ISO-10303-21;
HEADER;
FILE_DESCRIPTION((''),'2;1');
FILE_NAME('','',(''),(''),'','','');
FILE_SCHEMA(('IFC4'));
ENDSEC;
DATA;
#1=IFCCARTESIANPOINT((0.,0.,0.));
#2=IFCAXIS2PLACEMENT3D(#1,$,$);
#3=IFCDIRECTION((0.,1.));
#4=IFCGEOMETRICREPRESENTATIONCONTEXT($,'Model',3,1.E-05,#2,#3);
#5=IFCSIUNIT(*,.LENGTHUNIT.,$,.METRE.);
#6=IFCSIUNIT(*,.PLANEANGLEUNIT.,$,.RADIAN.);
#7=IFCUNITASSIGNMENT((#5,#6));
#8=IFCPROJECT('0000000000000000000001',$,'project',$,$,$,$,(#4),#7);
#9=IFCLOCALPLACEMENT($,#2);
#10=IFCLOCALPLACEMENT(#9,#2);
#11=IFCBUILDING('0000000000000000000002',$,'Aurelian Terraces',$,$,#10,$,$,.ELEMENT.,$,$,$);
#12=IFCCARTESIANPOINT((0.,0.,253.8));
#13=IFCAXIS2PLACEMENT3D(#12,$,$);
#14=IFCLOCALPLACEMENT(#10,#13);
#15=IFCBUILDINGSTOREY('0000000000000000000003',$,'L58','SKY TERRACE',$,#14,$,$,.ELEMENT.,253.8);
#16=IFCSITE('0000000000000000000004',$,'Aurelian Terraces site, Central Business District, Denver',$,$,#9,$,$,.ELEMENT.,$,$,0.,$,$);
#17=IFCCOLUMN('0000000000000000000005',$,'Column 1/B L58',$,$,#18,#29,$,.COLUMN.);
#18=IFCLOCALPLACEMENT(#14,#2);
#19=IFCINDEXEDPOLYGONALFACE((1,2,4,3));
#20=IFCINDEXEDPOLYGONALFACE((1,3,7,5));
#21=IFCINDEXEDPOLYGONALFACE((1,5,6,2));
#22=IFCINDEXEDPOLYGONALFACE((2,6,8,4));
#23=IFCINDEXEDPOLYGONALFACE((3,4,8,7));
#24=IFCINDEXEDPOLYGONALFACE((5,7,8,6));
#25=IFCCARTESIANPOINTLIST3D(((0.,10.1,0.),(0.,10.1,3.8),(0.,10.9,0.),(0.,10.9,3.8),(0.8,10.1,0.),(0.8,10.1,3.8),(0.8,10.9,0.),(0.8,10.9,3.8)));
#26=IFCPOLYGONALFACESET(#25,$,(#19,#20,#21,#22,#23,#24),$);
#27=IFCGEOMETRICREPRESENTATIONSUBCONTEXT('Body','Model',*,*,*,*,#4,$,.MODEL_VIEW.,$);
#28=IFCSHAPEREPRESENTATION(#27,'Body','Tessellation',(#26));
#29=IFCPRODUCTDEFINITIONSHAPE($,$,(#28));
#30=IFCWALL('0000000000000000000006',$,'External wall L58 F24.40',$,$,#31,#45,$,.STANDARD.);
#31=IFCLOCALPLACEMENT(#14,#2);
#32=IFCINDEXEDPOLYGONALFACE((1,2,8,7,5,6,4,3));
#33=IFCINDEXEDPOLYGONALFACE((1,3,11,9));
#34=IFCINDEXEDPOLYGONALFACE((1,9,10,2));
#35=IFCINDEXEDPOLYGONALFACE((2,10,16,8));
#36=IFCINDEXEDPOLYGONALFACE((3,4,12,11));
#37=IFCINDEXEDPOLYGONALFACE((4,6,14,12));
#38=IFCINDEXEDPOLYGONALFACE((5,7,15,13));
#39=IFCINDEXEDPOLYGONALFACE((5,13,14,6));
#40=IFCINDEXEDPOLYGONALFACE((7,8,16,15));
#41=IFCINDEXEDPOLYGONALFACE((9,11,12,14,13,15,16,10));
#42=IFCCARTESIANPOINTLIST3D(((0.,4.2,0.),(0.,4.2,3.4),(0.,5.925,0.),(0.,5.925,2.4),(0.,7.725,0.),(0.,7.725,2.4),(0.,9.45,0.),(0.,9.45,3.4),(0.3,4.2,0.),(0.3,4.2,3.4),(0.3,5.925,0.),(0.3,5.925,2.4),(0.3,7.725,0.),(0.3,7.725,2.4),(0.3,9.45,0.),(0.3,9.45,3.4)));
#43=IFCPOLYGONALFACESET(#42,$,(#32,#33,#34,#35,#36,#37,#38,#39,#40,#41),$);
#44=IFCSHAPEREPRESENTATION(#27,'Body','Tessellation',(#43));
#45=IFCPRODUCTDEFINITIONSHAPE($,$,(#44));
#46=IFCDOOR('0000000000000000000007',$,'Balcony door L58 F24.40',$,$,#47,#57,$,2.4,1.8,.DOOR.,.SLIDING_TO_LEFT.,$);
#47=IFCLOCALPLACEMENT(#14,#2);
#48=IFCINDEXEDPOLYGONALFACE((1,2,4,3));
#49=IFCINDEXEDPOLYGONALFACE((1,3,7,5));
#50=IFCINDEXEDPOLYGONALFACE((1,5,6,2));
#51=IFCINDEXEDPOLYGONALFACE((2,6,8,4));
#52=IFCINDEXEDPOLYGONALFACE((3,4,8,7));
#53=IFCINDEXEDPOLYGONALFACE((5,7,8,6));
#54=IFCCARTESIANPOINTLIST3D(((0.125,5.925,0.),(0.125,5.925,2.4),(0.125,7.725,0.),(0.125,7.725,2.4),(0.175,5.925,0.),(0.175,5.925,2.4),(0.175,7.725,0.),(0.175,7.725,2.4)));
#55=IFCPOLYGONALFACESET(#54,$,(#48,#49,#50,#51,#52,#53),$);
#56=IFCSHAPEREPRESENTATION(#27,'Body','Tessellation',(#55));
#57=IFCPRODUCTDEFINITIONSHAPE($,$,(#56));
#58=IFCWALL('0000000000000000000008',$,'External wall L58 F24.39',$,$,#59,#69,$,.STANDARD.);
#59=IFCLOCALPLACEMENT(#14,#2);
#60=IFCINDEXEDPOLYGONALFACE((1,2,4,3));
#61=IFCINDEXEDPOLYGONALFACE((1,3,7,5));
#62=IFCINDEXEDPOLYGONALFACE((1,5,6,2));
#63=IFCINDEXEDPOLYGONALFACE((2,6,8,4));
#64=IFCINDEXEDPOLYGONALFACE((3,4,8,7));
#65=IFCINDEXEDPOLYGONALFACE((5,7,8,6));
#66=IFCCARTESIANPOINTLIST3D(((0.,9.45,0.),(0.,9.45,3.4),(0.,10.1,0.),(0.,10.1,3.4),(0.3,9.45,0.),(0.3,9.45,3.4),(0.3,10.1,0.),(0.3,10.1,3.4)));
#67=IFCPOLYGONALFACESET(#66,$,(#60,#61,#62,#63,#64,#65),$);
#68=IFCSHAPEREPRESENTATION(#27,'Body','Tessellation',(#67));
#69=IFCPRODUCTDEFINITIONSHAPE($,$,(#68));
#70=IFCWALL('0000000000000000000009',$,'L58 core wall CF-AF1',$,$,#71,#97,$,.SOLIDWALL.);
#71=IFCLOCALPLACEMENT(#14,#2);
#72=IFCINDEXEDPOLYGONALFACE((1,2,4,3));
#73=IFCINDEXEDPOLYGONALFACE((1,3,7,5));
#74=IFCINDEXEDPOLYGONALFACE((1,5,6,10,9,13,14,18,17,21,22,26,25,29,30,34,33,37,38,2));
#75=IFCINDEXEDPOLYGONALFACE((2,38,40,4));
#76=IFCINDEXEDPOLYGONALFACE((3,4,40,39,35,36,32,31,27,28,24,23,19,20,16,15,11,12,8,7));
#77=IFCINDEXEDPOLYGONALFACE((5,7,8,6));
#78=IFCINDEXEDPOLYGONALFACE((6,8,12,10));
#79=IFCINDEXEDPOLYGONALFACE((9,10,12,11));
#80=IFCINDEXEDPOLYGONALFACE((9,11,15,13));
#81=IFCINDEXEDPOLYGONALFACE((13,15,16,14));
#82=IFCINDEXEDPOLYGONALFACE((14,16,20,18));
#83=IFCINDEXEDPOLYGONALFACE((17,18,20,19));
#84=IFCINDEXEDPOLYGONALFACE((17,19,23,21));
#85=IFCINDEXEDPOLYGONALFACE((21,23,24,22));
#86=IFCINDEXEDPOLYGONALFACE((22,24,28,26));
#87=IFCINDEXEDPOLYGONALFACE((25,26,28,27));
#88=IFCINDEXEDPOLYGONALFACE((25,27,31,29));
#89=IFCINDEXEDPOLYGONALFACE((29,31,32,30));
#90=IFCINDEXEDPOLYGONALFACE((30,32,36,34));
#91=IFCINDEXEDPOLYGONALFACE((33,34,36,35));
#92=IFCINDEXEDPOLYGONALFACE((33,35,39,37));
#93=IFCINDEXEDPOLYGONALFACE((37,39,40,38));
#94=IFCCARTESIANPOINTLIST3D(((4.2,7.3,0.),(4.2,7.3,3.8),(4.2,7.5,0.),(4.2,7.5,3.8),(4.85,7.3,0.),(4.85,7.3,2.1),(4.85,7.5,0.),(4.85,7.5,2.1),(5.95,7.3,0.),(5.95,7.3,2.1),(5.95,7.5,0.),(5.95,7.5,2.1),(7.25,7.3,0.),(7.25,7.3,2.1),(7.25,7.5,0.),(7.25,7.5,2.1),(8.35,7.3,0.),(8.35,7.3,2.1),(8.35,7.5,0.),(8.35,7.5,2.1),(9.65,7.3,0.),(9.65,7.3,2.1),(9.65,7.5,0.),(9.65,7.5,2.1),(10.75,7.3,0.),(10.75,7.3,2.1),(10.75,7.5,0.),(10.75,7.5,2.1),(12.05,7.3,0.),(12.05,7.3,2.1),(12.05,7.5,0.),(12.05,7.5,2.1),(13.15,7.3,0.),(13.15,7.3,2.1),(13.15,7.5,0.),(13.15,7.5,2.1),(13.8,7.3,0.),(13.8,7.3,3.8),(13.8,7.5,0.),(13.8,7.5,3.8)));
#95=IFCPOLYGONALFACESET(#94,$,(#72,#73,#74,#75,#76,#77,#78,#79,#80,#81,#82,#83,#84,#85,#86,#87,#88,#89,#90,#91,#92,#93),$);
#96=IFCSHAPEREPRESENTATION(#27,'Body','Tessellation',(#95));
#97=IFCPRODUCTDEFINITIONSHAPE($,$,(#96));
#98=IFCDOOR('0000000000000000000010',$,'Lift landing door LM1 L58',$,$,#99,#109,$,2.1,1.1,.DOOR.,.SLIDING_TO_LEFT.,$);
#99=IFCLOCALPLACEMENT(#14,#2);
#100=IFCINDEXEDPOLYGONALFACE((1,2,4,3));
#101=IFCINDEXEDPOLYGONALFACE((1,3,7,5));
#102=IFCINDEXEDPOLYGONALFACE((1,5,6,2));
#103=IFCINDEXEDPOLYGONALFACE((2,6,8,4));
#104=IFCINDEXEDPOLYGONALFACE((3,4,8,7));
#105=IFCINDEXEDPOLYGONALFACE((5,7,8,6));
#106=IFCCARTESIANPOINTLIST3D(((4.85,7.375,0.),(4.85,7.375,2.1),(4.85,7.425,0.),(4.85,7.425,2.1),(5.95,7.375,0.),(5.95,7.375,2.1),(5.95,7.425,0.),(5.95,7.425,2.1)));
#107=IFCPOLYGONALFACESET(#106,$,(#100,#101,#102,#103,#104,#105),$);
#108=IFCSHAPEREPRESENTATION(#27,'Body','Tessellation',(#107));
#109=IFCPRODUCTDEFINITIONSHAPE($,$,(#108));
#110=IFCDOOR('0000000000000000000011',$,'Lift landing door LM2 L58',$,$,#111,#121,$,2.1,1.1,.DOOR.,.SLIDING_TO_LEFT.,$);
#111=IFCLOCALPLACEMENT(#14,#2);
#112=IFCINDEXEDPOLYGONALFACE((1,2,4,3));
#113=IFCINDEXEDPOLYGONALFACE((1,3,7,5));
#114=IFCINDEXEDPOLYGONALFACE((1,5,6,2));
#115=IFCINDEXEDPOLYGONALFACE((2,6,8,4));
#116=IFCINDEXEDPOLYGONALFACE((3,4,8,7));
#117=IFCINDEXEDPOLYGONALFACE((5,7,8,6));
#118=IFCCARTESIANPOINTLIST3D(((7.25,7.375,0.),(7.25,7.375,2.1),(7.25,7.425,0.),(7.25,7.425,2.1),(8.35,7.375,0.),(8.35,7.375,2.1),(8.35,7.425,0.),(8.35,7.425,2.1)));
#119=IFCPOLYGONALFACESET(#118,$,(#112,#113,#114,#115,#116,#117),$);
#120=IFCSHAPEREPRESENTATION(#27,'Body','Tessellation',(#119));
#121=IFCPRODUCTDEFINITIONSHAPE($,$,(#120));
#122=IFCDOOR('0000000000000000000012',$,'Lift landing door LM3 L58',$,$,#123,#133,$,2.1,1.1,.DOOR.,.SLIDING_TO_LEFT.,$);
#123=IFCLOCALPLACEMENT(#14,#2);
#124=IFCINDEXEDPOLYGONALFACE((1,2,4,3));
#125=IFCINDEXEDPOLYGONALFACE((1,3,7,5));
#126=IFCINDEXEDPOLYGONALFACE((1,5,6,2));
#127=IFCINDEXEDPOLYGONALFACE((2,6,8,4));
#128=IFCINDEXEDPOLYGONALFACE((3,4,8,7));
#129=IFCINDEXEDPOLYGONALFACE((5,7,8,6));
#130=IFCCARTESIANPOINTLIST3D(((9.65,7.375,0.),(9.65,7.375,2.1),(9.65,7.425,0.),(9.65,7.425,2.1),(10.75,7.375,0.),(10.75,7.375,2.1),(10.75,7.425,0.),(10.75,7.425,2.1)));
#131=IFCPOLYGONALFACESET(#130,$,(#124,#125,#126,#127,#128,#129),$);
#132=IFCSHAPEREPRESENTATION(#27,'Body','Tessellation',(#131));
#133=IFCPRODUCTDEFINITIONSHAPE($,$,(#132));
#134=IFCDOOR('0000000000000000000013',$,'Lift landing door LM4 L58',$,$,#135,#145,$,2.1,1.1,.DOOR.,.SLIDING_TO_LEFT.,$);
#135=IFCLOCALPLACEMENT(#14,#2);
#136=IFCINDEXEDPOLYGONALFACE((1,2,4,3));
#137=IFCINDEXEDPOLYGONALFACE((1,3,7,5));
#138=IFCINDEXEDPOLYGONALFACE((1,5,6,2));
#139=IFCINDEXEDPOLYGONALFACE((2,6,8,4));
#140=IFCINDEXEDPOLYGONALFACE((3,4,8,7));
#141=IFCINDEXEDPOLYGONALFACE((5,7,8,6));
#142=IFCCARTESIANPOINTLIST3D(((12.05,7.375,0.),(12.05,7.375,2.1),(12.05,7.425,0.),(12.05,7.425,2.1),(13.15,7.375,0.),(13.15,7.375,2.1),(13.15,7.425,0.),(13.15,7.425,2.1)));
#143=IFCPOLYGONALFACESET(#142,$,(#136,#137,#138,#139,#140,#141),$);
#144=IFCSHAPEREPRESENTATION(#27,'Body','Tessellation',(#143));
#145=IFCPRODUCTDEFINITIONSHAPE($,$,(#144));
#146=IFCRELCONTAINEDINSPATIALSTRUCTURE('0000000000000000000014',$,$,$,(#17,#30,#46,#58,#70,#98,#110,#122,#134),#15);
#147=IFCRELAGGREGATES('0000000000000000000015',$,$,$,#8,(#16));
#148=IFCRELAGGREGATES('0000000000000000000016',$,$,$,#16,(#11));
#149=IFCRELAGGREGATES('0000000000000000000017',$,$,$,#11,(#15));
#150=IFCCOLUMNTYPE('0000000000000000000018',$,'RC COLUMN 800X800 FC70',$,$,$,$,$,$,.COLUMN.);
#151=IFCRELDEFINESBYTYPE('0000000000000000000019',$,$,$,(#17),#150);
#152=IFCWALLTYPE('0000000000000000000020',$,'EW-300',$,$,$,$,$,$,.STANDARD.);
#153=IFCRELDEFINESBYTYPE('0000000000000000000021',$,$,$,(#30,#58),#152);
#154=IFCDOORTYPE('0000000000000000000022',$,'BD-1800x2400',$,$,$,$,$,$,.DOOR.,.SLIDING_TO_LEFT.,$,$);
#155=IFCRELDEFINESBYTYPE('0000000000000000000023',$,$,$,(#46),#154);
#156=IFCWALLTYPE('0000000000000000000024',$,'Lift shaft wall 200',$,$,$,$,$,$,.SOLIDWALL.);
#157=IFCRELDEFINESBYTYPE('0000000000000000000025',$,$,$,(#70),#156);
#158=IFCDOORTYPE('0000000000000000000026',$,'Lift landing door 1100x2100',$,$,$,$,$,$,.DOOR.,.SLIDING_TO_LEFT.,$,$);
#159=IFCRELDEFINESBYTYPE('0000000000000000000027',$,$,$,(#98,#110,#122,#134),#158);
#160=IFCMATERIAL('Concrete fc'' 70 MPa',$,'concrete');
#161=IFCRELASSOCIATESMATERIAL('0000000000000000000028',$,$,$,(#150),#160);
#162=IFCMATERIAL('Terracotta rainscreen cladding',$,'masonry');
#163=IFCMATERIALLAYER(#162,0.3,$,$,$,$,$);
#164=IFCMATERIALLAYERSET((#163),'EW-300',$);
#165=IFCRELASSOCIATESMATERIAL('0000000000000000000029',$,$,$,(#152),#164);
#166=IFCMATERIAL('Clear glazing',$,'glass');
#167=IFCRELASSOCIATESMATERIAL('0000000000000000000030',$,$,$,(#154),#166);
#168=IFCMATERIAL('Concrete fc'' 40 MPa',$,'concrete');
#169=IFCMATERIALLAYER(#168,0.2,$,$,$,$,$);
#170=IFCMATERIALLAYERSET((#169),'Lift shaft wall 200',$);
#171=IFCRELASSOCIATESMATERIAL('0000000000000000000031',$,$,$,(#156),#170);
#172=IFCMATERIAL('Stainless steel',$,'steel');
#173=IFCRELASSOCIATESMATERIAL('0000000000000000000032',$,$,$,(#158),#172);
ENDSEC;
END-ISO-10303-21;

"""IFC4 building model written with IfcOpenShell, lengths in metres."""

from ifc_helpers import new_model, si_unit, direction, frame, frame_2d, origin, origin_2d, place, context, subcontext, project, spatial, rectangle, extrude, source, transform, mapped, material, layer, layer_set, material_profile, profile_set, type_object, element, fill, save


model = new_model("IFC4")

# Units and contexts
model_context = context("Model", 3, precision=1e-05, world=origin(), true_north=direction((0.0, 1.0)))
body_context = subcontext(model_context, "Body", "Model", "MODEL_VIEW")
ifc_project = project(units=[si_unit("LENGTHUNIT", "METRE"), si_unit("PLANEANGLEUNIT", "RADIAN")], contexts=[model_context])

# Site, building, storey
site_placement = place(None, origin())
site = spatial("IfcSite", under=ifc_project, at=site_placement, Name="Aurelian Terraces site, Central Business District, Denver", CompositionType="ELEMENT", RefElevation=0.0)
building_placement = place(site_placement, origin())
building = spatial("IfcBuilding", under=site, at=building_placement, Name="Aurelian Terraces", CompositionType="ELEMENT")
storey_placement = place(building_placement, frame((0.0, 0.0, 253.8)))
storey = spatial("IfcBuildingStorey", under=building, at=storey_placement, Name="L58", Description="SKY TERRACE", CompositionType="ELEMENT", Elevation=253.8)

# Column
ifc_material_1 = material(Name="Concrete fc' 70 MPa", Category="concrete")
ifc_material_profile = material_profile(ifc_material_1, rectangle(XDim=0.8, YDim=0.8, at=origin_2d()))
ifc_profile_set = profile_set([ifc_material_profile], Name="Concrete fc' 70 MPa")
column_type = type_object("IfcColumnType", Name="RC COLUMN 800X800 FC70", PredefinedType="COLUMN", material=ifc_profile_set)
shared_shape_1 = source(origin(), body_context, "Body", "SweptSolid", [
    extrude(rectangle(XDim=0.8, YDim=0.8, at=origin_2d()), origin(), (0.0, 0.0, 1.0), 3.8),
])
column_placement = place(storey_placement, frame((0.4, 10.5, 0.0), z_axis=(0.0, 0.0, 1.0), x_axis=(1.0, 0.0, 0.0)))
element("IfcColumn", 1, at=column_placement, inside=storey, type_object=column_type, Name="Column 1/B L58", PredefinedType="COLUMN", context=body_context, shape_type="MappedRepresentation", body=[
    mapped(shared_shape_1, transform((0.0, 0.0, 0.0), scale=1.0)),
])

# Wall, opening, door
ifc_material_2 = material(Name="Terracotta rainscreen cladding", Category="masonry")
ifc_layer_1 = layer(ifc_material_2, 0.3)
ifc_layer_set_1 = layer_set([ifc_layer_1], Name="EW-300")
wall_type_1 = type_object("IfcWallType", Name="EW-300", PredefinedType="STANDARD", material=ifc_layer_set_1)
shared_shape_2 = source(origin(), body_context, "Body", "SweptSolid", [
    extrude(rectangle(XDim=5.25, YDim=0.3, at=frame_2d((2.625, 0.0))), origin(), (0.0, 0.0, 1.0), 3.4),
])
wall_1_placement = place(storey_placement, frame((0.15, 9.45, 0.0), z_axis=(0.0, 0.0, 1.0), x_axis=(0.0, -1.0, 0.0)))
wall_1 = element("IfcWall", 2, at=wall_1_placement, inside=storey, type_object=wall_type_1, Name="External wall L58 F24.40", PredefinedType="STANDARD", context=body_context, shape_type="MappedRepresentation", body=[
    mapped(shared_shape_2, transform((0.0, 0.0, 0.0), scale=1.0)),
])
shared_shape_3 = source(origin(), body_context, "Body", "SweptSolid", [
    extrude(rectangle(XDim=1.8, YDim=2.4, at=frame_2d((0.9, 1.2))), frame((0.0, 0.16, 0.0), z_axis=(0.0, -1.0, 0.0), x_axis=(1.0, 0.0, 0.0)), (0.0, 0.0, 1.0), 0.32),
])
opening_1_placement = place(wall_1_placement, frame((1.725, 0.0, 0.0)))
opening_1 = element("IfcOpeningElement", 3, at=opening_1_placement, cuts=wall_1, PredefinedType="OPENING", context=body_context, shape_type="MappedRepresentation", body=[
    mapped(shared_shape_3, transform((0.0, 0.0, 0.0), scale=1.0)),
])
ifc_material_3 = material(Name="Clear glazing", Category="glass")
door_type_1 = type_object("IfcDoorType", Name="BD-1800x2400", OperationType="SLIDING_TO_LEFT", PredefinedType="DOOR", material=ifc_material_3)
shared_shape_4 = source(origin(), body_context, "Body", "SweptSolid", [
    extrude(rectangle(XDim=1.8, YDim=2.4, at=frame_2d((0.9, 1.2))), frame((0.0, 0.025, 0.0), z_axis=(0.0, -1.0, 0.0), x_axis=(1.0, 0.0, 0.0)), (0.0, 0.0, 1.0), 0.05),
])
door_1_placement = place(opening_1_placement, origin())
door_1 = element("IfcDoor", 4, at=door_1_placement, inside=storey, type_object=door_type_1, Name="Balcony door L58 F24.40", OperationType="SLIDING_TO_LEFT", OverallHeight=2.4, OverallWidth=1.8, PredefinedType="DOOR", context=body_context, shape_type="MappedRepresentation", body=[
    mapped(shared_shape_4, transform((0.0, 0.0, 0.0), scale=1.0)),
])
fill(opening_1, door_1)

# Wall
shared_shape_5 = source(origin(), body_context, "Body", "SweptSolid", [
    extrude(rectangle(XDim=0.65, YDim=0.3, at=frame_2d((0.325, 0.0))), origin(), (0.0, 0.0, 1.0), 3.4),
])
wall_2_placement = place(storey_placement, frame((0.15, 10.1, 0.0), z_axis=(0.0, 0.0, 1.0), x_axis=(0.0, -1.0, 0.0)))
element("IfcWall", 5, at=wall_2_placement, inside=storey, type_object=wall_type_1, Name="External wall L58 F24.39", PredefinedType="STANDARD", context=body_context, shape_type="MappedRepresentation", body=[
    mapped(shared_shape_5, transform((0.0, 0.0, 0.0), scale=1.0)),
])

# Wall, openings, doors
ifc_material_4 = material(Name="Concrete fc' 40 MPa", Category="concrete")
ifc_layer_2 = layer(ifc_material_4, 0.2)
ifc_layer_set_2 = layer_set([ifc_layer_2], Name="Lift shaft wall 200")
wall_type_2 = type_object("IfcWallType", Name="Lift shaft wall 200", PredefinedType="SOLIDWALL", material=ifc_layer_set_2)
shared_shape_6 = source(origin(), body_context, "Body", "SweptSolid", [
    extrude(rectangle(XDim=9.6, YDim=0.2, at=frame_2d((4.8, 0.0))), origin(), (0.0, 0.0, 1.0), 3.8),
])
wall_3_placement = place(storey_placement, frame((4.2, 7.4, 0.0), z_axis=(0.0, 0.0, 1.0), x_axis=(1.0, 0.0, 0.0)))
wall_3 = element("IfcWall", 6, at=wall_3_placement, inside=storey, type_object=wall_type_2, Name="L58 core wall CF-AF1", PredefinedType="SOLIDWALL", context=body_context, shape_type="MappedRepresentation", body=[
    mapped(shared_shape_6, transform((0.0, 0.0, 0.0), scale=1.0)),
])
shared_shape_7 = source(origin(), body_context, "Body", "SweptSolid", [
    extrude(rectangle(XDim=1.1, YDim=2.1, at=frame_2d((0.55, 1.05))), frame((0.0, 0.11, 0.0), z_axis=(0.0, -1.0, 0.0), x_axis=(1.0, 0.0, 0.0)), (0.0, 0.0, 1.0), 0.22),
])
opening_2_placement = place(wall_3_placement, frame((0.65, 0.0, 0.0)))
opening_2 = element("IfcOpeningElement", 7, at=opening_2_placement, cuts=wall_3, PredefinedType="OPENING", context=body_context, shape_type="MappedRepresentation", body=[
    mapped(shared_shape_7, transform((0.0, 0.0, 0.0), scale=1.0)),
])
opening_3_placement = place(wall_3_placement, frame((3.05, 0.0, 0.0)))
opening_3 = element("IfcOpeningElement", 8, at=opening_3_placement, cuts=wall_3, PredefinedType="OPENING", context=body_context, shape_type="MappedRepresentation", body=[
    mapped(shared_shape_7, transform((0.0, 0.0, 0.0), scale=1.0)),
])
opening_4_placement = place(wall_3_placement, frame((5.45, 0.0, 0.0)))
opening_4 = element("IfcOpeningElement", 9, at=opening_4_placement, cuts=wall_3, PredefinedType="OPENING", context=body_context, shape_type="MappedRepresentation", body=[
    mapped(shared_shape_7, transform((0.0, 0.0, 0.0), scale=1.0)),
])
opening_5_placement = place(wall_3_placement, frame((7.85, 0.0, 0.0)))
opening_5 = element("IfcOpeningElement", 10, at=opening_5_placement, cuts=wall_3, PredefinedType="OPENING", context=body_context, shape_type="MappedRepresentation", body=[
    mapped(shared_shape_7, transform((0.0, 0.0, 0.0), scale=1.0)),
])
ifc_material_5 = material(Name="Stainless steel", Category="steel")
door_type_2 = type_object("IfcDoorType", Name="Lift landing door 1100x2100", OperationType="SLIDING_TO_LEFT", PredefinedType="DOOR", material=ifc_material_5)
shared_shape_8 = source(origin(), body_context, "Body", "SweptSolid", [
    extrude(rectangle(XDim=1.1, YDim=2.1, at=frame_2d((0.55, 1.05))), frame((0.0, 0.025, 0.0), z_axis=(0.0, -1.0, 0.0), x_axis=(1.0, 0.0, 0.0)), (0.0, 0.0, 1.0), 0.05),
])
door_2_placement = place(opening_2_placement, origin())
door_2 = element("IfcDoor", 11, at=door_2_placement, inside=storey, type_object=door_type_2, Name="Lift landing door LM1 L58", OperationType="SLIDING_TO_LEFT", OverallHeight=2.1, OverallWidth=1.1, PredefinedType="DOOR", context=body_context, shape_type="MappedRepresentation", body=[
    mapped(shared_shape_8, transform((0.0, 0.0, 0.0), scale=1.0)),
])
fill(opening_2, door_2)
door_3_placement = place(opening_3_placement, origin())
door_3 = element("IfcDoor", 12, at=door_3_placement, inside=storey, type_object=door_type_2, Name="Lift landing door LM2 L58", OperationType="SLIDING_TO_LEFT", OverallHeight=2.1, OverallWidth=1.1, PredefinedType="DOOR", context=body_context, shape_type="MappedRepresentation", body=[
    mapped(shared_shape_8, transform((0.0, 0.0, 0.0), scale=1.0)),
])
fill(opening_3, door_3)
door_4_placement = place(opening_4_placement, origin())
door_4 = element("IfcDoor", 13, at=door_4_placement, inside=storey, type_object=door_type_2, Name="Lift landing door LM3 L58", OperationType="SLIDING_TO_LEFT", OverallHeight=2.1, OverallWidth=1.1, PredefinedType="DOOR", context=body_context, shape_type="MappedRepresentation", body=[
    mapped(shared_shape_8, transform((0.0, 0.0, 0.0), scale=1.0)),
])
fill(opening_4, door_4)
door_5_placement = place(opening_5_placement, origin())
door_5 = element("IfcDoor", 14, at=door_5_placement, inside=storey, type_object=door_type_2, Name="Lift landing door LM4 L58", OperationType="SLIDING_TO_LEFT", OverallHeight=2.1, OverallWidth=1.1, PredefinedType="DOOR", context=body_context, shape_type="MappedRepresentation", body=[
    mapped(shared_shape_8, transform((0.0, 0.0, 0.0), scale=1.0)),
])
fill(opening_5, door_5)

save(model, "model.ifc")
